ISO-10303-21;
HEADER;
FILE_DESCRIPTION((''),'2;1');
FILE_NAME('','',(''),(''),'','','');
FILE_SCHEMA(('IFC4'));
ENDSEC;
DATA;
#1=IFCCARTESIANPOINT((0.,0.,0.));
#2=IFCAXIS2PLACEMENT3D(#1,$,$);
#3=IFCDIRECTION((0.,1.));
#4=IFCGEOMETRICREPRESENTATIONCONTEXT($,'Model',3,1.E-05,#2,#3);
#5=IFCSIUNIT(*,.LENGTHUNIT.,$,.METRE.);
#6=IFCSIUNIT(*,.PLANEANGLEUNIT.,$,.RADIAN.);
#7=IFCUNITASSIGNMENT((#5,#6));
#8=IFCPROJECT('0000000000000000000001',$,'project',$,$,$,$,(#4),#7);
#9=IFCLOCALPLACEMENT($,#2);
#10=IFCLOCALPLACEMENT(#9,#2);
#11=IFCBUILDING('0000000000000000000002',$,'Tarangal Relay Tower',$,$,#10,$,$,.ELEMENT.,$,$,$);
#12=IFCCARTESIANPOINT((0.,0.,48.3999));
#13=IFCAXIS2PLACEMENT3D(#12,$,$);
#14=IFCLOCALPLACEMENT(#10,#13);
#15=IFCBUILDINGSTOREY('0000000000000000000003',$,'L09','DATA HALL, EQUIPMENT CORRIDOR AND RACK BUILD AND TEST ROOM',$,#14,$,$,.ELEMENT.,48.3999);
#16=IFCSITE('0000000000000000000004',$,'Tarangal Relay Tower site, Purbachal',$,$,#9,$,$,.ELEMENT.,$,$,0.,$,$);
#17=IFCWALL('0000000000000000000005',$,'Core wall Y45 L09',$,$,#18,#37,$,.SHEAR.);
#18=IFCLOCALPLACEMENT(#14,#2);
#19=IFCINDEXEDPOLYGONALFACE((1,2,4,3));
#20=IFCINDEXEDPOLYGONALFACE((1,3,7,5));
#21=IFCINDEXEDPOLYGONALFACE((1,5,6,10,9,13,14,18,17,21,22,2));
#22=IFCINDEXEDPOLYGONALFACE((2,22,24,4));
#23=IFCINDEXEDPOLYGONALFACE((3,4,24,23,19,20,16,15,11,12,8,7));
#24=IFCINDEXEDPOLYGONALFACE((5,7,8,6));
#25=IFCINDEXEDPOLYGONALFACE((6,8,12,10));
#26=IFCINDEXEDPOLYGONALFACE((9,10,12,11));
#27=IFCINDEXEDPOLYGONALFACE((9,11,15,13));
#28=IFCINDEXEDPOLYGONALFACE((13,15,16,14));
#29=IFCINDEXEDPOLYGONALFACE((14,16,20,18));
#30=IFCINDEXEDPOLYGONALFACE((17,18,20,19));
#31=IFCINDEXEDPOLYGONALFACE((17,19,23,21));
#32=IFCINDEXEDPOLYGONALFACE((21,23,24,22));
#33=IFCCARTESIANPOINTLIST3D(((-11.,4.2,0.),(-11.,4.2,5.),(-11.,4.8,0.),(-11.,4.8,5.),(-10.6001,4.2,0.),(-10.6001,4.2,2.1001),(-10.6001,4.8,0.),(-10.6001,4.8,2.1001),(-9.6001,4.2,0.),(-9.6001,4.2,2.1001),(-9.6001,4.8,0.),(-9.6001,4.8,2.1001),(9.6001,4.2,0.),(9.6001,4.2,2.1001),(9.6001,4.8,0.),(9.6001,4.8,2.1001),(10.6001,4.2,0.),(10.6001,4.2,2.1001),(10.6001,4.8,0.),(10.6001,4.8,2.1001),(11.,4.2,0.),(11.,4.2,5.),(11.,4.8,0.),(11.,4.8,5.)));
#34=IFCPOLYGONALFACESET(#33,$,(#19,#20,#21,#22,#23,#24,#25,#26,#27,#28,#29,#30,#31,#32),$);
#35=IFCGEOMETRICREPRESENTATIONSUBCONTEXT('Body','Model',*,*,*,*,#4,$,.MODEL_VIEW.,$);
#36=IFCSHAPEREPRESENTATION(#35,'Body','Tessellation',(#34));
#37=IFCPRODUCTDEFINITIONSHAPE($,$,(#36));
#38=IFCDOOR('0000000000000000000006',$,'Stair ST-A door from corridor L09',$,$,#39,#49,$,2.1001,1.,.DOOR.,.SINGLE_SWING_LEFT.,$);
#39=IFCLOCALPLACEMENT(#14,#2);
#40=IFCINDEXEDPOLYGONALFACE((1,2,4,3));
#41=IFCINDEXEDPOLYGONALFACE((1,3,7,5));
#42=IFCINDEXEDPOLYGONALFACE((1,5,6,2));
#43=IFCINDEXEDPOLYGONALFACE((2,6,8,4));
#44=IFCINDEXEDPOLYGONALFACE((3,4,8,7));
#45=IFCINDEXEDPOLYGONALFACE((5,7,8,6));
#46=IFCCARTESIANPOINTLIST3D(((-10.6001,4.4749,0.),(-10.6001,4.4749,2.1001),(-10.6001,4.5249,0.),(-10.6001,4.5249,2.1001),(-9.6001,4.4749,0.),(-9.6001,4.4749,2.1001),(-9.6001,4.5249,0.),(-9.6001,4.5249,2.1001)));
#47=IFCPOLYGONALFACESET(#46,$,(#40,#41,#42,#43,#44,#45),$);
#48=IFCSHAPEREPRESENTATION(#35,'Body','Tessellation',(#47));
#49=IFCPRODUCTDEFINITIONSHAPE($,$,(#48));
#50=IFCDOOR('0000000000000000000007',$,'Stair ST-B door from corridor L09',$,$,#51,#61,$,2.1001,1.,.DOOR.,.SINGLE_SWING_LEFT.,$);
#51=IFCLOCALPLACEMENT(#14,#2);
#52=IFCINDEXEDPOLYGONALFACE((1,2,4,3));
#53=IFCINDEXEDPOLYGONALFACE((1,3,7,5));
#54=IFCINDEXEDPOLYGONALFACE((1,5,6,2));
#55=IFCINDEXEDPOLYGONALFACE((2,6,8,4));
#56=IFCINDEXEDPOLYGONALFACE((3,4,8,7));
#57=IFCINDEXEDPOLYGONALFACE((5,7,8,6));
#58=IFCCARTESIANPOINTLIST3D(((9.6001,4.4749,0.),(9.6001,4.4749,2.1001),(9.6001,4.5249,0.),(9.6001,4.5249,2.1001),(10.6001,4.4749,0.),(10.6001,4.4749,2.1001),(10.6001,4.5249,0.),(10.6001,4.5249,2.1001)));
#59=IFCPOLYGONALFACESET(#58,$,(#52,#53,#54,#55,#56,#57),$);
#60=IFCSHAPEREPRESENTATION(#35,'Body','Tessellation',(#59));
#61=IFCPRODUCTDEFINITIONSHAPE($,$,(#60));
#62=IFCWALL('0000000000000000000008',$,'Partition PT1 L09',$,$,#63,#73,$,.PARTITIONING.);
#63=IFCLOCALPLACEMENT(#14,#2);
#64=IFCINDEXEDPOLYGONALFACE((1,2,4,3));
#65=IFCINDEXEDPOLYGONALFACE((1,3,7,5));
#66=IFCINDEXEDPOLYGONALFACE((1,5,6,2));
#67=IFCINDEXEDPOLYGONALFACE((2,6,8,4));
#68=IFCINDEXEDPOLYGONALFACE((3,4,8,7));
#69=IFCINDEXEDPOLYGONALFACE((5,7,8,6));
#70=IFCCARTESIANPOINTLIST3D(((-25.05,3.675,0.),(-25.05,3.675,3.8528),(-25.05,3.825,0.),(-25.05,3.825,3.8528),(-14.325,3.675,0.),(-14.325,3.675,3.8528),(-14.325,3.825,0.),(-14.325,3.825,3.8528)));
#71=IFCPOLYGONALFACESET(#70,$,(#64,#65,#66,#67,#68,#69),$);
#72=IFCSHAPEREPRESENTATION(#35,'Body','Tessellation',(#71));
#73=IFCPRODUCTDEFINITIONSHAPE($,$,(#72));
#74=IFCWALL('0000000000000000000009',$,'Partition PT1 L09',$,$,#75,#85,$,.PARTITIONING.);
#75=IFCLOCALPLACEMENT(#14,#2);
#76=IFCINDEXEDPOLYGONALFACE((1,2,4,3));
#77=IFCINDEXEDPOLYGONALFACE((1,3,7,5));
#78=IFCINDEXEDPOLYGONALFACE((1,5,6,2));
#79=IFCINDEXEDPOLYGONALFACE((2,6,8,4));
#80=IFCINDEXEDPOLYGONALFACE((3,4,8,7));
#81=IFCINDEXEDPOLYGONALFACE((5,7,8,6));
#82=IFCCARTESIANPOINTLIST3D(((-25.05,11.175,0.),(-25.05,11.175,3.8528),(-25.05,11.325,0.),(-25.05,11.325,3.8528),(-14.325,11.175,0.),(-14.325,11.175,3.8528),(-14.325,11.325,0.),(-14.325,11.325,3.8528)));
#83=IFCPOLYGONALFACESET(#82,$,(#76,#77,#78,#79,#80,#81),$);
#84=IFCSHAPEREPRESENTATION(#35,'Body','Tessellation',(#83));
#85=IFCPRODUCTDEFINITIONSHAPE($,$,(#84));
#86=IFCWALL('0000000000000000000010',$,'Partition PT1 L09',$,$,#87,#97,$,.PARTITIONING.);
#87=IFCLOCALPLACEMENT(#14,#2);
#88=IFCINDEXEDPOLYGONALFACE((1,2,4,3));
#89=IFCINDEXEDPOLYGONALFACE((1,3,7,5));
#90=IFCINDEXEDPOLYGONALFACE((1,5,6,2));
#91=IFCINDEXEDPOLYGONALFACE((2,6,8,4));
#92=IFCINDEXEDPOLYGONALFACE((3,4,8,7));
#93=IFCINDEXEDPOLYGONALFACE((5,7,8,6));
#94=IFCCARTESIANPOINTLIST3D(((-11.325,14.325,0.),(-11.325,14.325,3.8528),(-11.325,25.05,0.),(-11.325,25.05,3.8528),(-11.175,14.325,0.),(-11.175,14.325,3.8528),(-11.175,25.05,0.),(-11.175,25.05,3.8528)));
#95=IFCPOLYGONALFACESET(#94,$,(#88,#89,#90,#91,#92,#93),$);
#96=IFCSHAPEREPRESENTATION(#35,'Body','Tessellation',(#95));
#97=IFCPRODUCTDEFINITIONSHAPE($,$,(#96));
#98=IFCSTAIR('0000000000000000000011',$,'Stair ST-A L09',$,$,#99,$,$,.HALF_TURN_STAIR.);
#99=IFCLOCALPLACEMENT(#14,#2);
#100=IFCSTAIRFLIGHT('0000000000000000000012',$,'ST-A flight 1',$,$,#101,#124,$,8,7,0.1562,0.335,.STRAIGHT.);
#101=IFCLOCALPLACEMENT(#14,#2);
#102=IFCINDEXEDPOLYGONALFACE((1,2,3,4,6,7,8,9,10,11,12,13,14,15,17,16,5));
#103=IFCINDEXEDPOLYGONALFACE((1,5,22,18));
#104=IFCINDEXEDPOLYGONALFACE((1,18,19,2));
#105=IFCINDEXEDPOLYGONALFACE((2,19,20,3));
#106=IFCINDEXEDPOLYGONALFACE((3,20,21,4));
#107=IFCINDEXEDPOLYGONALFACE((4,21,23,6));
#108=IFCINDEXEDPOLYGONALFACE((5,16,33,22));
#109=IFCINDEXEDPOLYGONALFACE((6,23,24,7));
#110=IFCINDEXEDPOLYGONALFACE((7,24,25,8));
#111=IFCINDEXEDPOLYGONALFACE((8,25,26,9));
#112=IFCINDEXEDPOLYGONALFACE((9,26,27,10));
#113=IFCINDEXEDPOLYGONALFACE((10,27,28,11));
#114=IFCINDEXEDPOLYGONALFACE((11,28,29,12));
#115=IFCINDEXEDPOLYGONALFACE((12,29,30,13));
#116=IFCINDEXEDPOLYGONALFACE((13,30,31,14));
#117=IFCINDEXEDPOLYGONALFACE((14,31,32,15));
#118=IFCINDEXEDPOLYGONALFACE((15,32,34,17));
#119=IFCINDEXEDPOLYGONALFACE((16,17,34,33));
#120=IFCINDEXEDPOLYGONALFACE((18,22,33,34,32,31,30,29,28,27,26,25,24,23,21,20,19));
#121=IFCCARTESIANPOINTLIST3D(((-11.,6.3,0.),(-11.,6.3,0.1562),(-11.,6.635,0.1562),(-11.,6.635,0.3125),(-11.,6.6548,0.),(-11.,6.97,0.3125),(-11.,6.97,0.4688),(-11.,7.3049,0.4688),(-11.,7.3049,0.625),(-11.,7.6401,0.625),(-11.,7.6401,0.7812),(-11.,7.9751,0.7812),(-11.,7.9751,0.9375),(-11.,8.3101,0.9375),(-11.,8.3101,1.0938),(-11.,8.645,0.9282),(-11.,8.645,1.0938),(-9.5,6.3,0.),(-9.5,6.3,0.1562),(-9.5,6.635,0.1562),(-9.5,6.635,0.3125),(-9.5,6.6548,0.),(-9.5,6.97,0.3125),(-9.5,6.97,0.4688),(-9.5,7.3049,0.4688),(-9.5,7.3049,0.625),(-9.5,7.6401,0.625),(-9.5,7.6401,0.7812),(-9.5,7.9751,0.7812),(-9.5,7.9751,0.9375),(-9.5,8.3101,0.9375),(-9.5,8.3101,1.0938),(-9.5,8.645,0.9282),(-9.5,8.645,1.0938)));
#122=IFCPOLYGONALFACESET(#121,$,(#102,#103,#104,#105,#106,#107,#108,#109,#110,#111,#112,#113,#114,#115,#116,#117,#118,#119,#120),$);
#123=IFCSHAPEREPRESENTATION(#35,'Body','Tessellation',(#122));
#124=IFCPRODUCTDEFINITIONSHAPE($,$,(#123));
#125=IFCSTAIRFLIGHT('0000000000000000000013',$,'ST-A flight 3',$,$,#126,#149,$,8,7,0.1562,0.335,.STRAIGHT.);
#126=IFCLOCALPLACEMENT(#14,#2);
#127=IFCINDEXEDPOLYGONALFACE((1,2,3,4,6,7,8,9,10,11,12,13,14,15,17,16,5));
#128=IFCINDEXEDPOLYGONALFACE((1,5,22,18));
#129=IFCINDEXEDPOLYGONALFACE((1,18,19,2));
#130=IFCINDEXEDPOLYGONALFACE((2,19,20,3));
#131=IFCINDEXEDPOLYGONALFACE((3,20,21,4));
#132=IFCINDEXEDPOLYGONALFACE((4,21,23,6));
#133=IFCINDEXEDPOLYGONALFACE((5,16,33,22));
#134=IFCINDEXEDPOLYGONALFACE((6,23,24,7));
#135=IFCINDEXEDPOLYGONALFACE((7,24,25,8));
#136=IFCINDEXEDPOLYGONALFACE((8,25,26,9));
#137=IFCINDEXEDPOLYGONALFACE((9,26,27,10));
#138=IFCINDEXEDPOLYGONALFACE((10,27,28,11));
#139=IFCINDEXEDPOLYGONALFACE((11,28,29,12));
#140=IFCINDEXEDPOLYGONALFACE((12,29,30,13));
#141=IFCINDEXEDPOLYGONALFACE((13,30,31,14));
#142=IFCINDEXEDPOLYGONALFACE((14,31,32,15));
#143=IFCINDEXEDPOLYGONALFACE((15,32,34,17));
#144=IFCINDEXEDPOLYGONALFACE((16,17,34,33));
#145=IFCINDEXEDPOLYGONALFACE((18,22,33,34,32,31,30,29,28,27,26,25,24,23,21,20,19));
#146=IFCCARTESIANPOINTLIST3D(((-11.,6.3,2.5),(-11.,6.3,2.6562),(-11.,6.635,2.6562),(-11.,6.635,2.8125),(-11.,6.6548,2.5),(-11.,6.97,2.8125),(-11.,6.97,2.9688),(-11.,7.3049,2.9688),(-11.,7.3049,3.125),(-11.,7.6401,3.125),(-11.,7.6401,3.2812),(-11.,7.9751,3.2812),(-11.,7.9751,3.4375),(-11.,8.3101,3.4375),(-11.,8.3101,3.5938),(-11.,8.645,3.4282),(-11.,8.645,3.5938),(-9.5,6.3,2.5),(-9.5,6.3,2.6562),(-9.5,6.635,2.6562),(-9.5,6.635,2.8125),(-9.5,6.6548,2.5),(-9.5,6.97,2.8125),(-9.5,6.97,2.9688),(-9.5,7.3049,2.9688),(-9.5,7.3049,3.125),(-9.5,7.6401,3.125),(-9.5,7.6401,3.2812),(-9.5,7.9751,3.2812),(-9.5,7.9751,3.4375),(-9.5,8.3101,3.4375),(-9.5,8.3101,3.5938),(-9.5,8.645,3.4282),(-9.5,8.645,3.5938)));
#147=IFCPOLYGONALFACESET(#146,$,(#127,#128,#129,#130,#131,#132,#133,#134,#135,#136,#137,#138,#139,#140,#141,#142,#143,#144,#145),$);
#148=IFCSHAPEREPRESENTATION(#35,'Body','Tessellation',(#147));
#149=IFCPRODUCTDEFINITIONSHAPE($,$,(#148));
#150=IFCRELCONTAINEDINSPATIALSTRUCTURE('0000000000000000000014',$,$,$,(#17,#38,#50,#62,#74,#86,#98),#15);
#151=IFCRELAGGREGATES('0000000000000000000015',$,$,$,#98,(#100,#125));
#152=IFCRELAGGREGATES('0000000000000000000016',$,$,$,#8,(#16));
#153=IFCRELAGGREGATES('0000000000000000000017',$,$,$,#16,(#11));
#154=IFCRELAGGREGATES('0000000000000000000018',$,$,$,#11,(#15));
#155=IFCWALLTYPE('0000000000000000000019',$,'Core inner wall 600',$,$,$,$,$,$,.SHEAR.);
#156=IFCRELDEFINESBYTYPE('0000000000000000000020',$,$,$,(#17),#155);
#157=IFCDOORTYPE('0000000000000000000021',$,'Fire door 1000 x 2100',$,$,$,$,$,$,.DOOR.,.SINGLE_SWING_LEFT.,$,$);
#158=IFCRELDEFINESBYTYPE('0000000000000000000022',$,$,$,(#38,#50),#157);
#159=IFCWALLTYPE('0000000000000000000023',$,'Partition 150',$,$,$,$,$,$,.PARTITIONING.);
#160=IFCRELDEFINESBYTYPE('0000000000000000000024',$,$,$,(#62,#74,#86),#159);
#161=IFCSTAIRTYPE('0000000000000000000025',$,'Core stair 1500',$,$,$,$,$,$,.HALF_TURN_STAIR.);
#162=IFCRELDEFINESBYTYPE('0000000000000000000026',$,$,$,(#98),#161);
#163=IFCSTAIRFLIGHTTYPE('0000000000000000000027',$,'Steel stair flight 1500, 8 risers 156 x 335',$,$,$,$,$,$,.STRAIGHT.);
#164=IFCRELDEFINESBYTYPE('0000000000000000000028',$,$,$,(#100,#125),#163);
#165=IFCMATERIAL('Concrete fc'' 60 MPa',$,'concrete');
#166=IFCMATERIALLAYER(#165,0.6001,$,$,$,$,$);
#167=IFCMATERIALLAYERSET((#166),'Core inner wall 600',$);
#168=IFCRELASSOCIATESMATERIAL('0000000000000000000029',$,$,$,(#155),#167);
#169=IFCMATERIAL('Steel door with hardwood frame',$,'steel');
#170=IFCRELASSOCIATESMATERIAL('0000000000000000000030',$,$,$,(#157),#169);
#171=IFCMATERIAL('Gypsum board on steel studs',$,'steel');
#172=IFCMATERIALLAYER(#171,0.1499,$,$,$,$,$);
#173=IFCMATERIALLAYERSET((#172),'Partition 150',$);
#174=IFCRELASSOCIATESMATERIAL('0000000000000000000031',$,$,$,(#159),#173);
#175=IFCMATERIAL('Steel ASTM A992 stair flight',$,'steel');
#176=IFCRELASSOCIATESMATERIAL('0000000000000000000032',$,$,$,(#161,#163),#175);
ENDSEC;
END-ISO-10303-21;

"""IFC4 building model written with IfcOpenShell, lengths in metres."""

from ifc_helpers import new_model, si_unit, direction, frame, frame_2d, origin, place, context, subcontext, project, spatial, polyline, rectangle, outline, extrude, material, layer, layer_set, type_object, element, fill, aggregate, save


model = new_model("IFC4")

# Units and contexts
model_context = context("Model", 3, precision=1e-05, world=origin(), true_north=direction((0.0, 1.0)))
body_context = subcontext(model_context, "Body", "Model", "MODEL_VIEW")
ifc_project = project(units=[si_unit("LENGTHUNIT", "METRE"), si_unit("PLANEANGLEUNIT", "RADIAN")], contexts=[model_context])

# Site, building, storey
site_placement = place(None, origin())
site = spatial("IfcSite", under=ifc_project, at=site_placement, Name="Tarangal Relay Tower site, Purbachal", CompositionType="ELEMENT", RefElevation=0.0)
building_placement = place(site_placement, origin())
building = spatial("IfcBuilding", under=site, at=building_placement, Name="Tarangal Relay Tower", CompositionType="ELEMENT")
storey_placement = place(building_placement, frame((0.0, 0.0, 48.3999)))
storey = spatial("IfcBuildingStorey", under=building, at=storey_placement, Name="L09", Description="DATA HALL, EQUIPMENT CORRIDOR AND RACK BUILD AND TEST ROOM", CompositionType="ELEMENT", Elevation=48.3999)

# Wall, openings, doors
ifc_material_1 = material(Name="Concrete fc' 60 MPa", Category="concrete")
ifc_layer_1 = layer(ifc_material_1, 0.6001)
ifc_layer_set_1 = layer_set([ifc_layer_1], Name="Core inner wall 600")
wall_type_1 = type_object("IfcWallType", Name="Core inner wall 600", PredefinedType="SHEAR", material=ifc_layer_set_1)
wall_1_placement = place(storey_placement, frame((-11.0, 4.5, 0.0), z_axis=(0.0, 0.0, 1.0), x_axis=(1.0, 0.0, 0.0)))
wall_1 = element("IfcWall", 1, at=wall_1_placement, inside=storey, type_object=wall_type_1, Name="Core wall Y45 L09", PredefinedType="SHEAR", context=body_context, shape_type="SweptSolid", body=[
    extrude(rectangle(XDim=22.0, YDim=0.6001, at=frame_2d((11.0, 0.0))), origin(), (0.0, 0.0, 1.0), 5.0),
])
opening_1_placement = place(wall_1_placement, frame((0.3999, 0.0, 0.0)))
opening_1 = element("IfcOpeningElement", 2, at=opening_1_placement, cuts=wall_1, PredefinedType="OPENING", context=body_context, shape_type="SweptSolid", body=[
    extrude(rectangle(XDim=1.0, YDim=2.1001, at=frame_2d((0.5, 1.05))), frame((0.0, 0.3101, 0.0), z_axis=(0.0, -1.0, 0.0), x_axis=(1.0, 0.0, 0.0)), (0.0, 0.0, 1.0), 0.6201),
])
opening_2_placement = place(wall_1_placement, frame((20.6001, 0.0, 0.0)))
opening_2 = element("IfcOpeningElement", 3, at=opening_2_placement, cuts=wall_1, PredefinedType="OPENING", context=body_context, shape_type="SweptSolid", body=[
    extrude(rectangle(XDim=1.0, YDim=2.1001, at=frame_2d((0.5, 1.05))), frame((0.0, 0.3101, 0.0), z_axis=(0.0, -1.0, 0.0), x_axis=(1.0, 0.0, 0.0)), (0.0, 0.0, 1.0), 0.6201),
])
ifc_material_2 = material(Name="Steel door with hardwood frame", Category="steel")
door_type_1 = type_object("IfcDoorType", Name="Fire door 1000 x 2100", OperationType="SINGLE_SWING_LEFT", PredefinedType="DOOR", material=ifc_material_2)
door_1_placement = place(opening_1_placement, origin())
door_1 = element("IfcDoor", 4, at=door_1_placement, inside=storey, type_object=door_type_1, Name="Stair ST-A door from corridor L09", OperationType="SINGLE_SWING_LEFT", OverallHeight=2.1001, OverallWidth=1.0, PredefinedType="DOOR", context=body_context, shape_type="SweptSolid", body=[
    extrude(rectangle(XDim=1.0, YDim=2.1001, at=frame_2d((0.5, 1.05))), frame((0.0, 0.0249, 0.0), z_axis=(0.0, -1.0, 0.0), x_axis=(1.0, 0.0, 0.0)), (0.0, 0.0, 1.0), 0.05),
])
fill(opening_1, door_1)
door_2_placement = place(opening_2_placement, origin())
door_2 = element("IfcDoor", 5, at=door_2_placement, inside=storey, type_object=door_type_1, Name="Stair ST-B door from corridor L09", OperationType="SINGLE_SWING_LEFT", OverallHeight=2.1001, OverallWidth=1.0, PredefinedType="DOOR", context=body_context, shape_type="SweptSolid", body=[
    extrude(rectangle(XDim=1.0, YDim=2.1001, at=frame_2d((0.5, 1.05))), frame((0.0, 0.0249, 0.0), z_axis=(0.0, -1.0, 0.0), x_axis=(1.0, 0.0, 0.0)), (0.0, 0.0, 1.0), 0.05),
])
fill(opening_2, door_2)

# Walls
ifc_material_3 = material(Name="Gypsum board on steel studs", Category="steel")
ifc_layer_2 = layer(ifc_material_3, 0.1499)
ifc_layer_set_2 = layer_set([ifc_layer_2], Name="Partition 150")
wall_type_2 = type_object("IfcWallType", Name="Partition 150", PredefinedType="PARTITIONING", material=ifc_layer_set_2)
for number, where, z_axis, x_axis, name in (
    (6, (-25.05, 3.75, 0.0), (0.0, 0.0, 1.0), (1.0, 0.0, 0.0), "Partition PT1 L09"),
    (7, (-25.05, 11.25, 0.0), (0.0, 0.0, 1.0), (1.0, 0.0, 0.0), "Partition PT1 L09"),
    (8, (-11.25, 14.325, 0.0), (0.0, 0.0, 1.0), (0.0, 1.0, 0.0), "Partition PT1 L09"),
):
    element("IfcWall", number, at=place(storey_placement, frame(where, z_axis=z_axis, x_axis=x_axis)), inside=storey, type_object=wall_type_2, Name=name, PredefinedType="PARTITIONING", context=body_context, shape_type="SweptSolid", body=[
        extrude(rectangle(XDim=10.7251, YDim=0.1499, at=frame_2d((5.3625, 0.0))), origin(), (0.0, 0.0, 1.0), 3.8528),
    ])

# Stair, stair flights
ifc_material_4 = material(Name="Steel ASTM A992 stair flight", Category="steel")
stair_type = type_object("IfcStairType", Name="Core stair 1500", PredefinedType="HALF_TURN_STAIR", material=ifc_material_4)
stair_placement = place(storey_placement, origin())
stair = element("IfcStair", 9, at=stair_placement, inside=storey, type_object=stair_type, Name="Stair ST-A L09", PredefinedType="HALF_TURN_STAIR")
stair_flight_type = type_object("IfcStairFlightType", Name="Steel stair flight 1500, 8 risers 156 x 335", PredefinedType="STRAIGHT", material=ifc_material_4)
stair_flight_1_placement = place(storey_placement, frame((-10.25, 6.3, 0.0), z_axis=(0.0, 0.0, 1.0), x_axis=(0.0, 1.0, 0.0)))
stair_flight_1 = element("IfcStairFlight", 10, at=stair_flight_1_placement, type_object=stair_flight_type, Name="ST-A flight 1", NumberOfRisers=8, NumberOfTreads=7, PredefinedType="STRAIGHT", RiserHeight=0.1562, TreadLength=0.335, context=body_context, shape_type="SweptSolid", body=[
    extrude(outline(polyline([(0.0, 0.0), (0.0, 0.1562), (0.335, 0.1562), (0.335, 0.3125), (0.6699, 0.3125), (0.6699, 0.4688), (1.0049, 0.4688), (1.0049, 0.625), (1.3401, 0.625), (1.3401, 0.7812), (1.675, 0.7812), (1.675, 0.9375), (2.01, 0.9375), (2.01, 1.0938), (2.345, 1.0938), (2.345, 1.25), (2.345, 0.9282), (0.3547, 0.0), (0.0, 0.0)])), frame((0.0, 0.75, 0.0), z_axis=(0.0, -1.0, 0.0), x_axis=(1.0, 0.0, 0.0)), (0.0, 0.0, 1.0), 1.5),
])
stair_flight_2_placement = place(storey_placement, frame((-10.25, 6.3, 2.5), z_axis=(0.0, 0.0, 1.0), x_axis=(0.0, 1.0, 0.0)))
stair_flight_2 = element("IfcStairFlight", 11, at=stair_flight_2_placement, type_object=stair_flight_type, Name="ST-A flight 3", NumberOfRisers=8, NumberOfTreads=7, PredefinedType="STRAIGHT", RiserHeight=0.1562, TreadLength=0.335, context=body_context, shape_type="SweptSolid", body=[
    extrude(outline(polyline([(0.0, 0.0), (0.0, 0.1562), (0.335, 0.1562), (0.335, 0.3125), (0.6699, 0.3125), (0.6699, 0.4688), (1.0049, 0.4688), (1.0049, 0.625), (1.3401, 0.625), (1.3401, 0.7812), (1.675, 0.7812), (1.675, 0.9375), (2.01, 0.9375), (2.01, 1.0938), (2.345, 1.0938), (2.345, 1.25), (2.345, 0.9282), (0.3547, 0.0), (0.0, 0.0)])), frame((0.0, 0.75, 0.0), z_axis=(0.0, -1.0, 0.0), x_axis=(1.0, 0.0, 0.0)), (0.0, 0.0, 1.0), 1.5),
])
aggregate(stair, [stair_flight_1, stair_flight_2])

save(model, "model.ifc")
